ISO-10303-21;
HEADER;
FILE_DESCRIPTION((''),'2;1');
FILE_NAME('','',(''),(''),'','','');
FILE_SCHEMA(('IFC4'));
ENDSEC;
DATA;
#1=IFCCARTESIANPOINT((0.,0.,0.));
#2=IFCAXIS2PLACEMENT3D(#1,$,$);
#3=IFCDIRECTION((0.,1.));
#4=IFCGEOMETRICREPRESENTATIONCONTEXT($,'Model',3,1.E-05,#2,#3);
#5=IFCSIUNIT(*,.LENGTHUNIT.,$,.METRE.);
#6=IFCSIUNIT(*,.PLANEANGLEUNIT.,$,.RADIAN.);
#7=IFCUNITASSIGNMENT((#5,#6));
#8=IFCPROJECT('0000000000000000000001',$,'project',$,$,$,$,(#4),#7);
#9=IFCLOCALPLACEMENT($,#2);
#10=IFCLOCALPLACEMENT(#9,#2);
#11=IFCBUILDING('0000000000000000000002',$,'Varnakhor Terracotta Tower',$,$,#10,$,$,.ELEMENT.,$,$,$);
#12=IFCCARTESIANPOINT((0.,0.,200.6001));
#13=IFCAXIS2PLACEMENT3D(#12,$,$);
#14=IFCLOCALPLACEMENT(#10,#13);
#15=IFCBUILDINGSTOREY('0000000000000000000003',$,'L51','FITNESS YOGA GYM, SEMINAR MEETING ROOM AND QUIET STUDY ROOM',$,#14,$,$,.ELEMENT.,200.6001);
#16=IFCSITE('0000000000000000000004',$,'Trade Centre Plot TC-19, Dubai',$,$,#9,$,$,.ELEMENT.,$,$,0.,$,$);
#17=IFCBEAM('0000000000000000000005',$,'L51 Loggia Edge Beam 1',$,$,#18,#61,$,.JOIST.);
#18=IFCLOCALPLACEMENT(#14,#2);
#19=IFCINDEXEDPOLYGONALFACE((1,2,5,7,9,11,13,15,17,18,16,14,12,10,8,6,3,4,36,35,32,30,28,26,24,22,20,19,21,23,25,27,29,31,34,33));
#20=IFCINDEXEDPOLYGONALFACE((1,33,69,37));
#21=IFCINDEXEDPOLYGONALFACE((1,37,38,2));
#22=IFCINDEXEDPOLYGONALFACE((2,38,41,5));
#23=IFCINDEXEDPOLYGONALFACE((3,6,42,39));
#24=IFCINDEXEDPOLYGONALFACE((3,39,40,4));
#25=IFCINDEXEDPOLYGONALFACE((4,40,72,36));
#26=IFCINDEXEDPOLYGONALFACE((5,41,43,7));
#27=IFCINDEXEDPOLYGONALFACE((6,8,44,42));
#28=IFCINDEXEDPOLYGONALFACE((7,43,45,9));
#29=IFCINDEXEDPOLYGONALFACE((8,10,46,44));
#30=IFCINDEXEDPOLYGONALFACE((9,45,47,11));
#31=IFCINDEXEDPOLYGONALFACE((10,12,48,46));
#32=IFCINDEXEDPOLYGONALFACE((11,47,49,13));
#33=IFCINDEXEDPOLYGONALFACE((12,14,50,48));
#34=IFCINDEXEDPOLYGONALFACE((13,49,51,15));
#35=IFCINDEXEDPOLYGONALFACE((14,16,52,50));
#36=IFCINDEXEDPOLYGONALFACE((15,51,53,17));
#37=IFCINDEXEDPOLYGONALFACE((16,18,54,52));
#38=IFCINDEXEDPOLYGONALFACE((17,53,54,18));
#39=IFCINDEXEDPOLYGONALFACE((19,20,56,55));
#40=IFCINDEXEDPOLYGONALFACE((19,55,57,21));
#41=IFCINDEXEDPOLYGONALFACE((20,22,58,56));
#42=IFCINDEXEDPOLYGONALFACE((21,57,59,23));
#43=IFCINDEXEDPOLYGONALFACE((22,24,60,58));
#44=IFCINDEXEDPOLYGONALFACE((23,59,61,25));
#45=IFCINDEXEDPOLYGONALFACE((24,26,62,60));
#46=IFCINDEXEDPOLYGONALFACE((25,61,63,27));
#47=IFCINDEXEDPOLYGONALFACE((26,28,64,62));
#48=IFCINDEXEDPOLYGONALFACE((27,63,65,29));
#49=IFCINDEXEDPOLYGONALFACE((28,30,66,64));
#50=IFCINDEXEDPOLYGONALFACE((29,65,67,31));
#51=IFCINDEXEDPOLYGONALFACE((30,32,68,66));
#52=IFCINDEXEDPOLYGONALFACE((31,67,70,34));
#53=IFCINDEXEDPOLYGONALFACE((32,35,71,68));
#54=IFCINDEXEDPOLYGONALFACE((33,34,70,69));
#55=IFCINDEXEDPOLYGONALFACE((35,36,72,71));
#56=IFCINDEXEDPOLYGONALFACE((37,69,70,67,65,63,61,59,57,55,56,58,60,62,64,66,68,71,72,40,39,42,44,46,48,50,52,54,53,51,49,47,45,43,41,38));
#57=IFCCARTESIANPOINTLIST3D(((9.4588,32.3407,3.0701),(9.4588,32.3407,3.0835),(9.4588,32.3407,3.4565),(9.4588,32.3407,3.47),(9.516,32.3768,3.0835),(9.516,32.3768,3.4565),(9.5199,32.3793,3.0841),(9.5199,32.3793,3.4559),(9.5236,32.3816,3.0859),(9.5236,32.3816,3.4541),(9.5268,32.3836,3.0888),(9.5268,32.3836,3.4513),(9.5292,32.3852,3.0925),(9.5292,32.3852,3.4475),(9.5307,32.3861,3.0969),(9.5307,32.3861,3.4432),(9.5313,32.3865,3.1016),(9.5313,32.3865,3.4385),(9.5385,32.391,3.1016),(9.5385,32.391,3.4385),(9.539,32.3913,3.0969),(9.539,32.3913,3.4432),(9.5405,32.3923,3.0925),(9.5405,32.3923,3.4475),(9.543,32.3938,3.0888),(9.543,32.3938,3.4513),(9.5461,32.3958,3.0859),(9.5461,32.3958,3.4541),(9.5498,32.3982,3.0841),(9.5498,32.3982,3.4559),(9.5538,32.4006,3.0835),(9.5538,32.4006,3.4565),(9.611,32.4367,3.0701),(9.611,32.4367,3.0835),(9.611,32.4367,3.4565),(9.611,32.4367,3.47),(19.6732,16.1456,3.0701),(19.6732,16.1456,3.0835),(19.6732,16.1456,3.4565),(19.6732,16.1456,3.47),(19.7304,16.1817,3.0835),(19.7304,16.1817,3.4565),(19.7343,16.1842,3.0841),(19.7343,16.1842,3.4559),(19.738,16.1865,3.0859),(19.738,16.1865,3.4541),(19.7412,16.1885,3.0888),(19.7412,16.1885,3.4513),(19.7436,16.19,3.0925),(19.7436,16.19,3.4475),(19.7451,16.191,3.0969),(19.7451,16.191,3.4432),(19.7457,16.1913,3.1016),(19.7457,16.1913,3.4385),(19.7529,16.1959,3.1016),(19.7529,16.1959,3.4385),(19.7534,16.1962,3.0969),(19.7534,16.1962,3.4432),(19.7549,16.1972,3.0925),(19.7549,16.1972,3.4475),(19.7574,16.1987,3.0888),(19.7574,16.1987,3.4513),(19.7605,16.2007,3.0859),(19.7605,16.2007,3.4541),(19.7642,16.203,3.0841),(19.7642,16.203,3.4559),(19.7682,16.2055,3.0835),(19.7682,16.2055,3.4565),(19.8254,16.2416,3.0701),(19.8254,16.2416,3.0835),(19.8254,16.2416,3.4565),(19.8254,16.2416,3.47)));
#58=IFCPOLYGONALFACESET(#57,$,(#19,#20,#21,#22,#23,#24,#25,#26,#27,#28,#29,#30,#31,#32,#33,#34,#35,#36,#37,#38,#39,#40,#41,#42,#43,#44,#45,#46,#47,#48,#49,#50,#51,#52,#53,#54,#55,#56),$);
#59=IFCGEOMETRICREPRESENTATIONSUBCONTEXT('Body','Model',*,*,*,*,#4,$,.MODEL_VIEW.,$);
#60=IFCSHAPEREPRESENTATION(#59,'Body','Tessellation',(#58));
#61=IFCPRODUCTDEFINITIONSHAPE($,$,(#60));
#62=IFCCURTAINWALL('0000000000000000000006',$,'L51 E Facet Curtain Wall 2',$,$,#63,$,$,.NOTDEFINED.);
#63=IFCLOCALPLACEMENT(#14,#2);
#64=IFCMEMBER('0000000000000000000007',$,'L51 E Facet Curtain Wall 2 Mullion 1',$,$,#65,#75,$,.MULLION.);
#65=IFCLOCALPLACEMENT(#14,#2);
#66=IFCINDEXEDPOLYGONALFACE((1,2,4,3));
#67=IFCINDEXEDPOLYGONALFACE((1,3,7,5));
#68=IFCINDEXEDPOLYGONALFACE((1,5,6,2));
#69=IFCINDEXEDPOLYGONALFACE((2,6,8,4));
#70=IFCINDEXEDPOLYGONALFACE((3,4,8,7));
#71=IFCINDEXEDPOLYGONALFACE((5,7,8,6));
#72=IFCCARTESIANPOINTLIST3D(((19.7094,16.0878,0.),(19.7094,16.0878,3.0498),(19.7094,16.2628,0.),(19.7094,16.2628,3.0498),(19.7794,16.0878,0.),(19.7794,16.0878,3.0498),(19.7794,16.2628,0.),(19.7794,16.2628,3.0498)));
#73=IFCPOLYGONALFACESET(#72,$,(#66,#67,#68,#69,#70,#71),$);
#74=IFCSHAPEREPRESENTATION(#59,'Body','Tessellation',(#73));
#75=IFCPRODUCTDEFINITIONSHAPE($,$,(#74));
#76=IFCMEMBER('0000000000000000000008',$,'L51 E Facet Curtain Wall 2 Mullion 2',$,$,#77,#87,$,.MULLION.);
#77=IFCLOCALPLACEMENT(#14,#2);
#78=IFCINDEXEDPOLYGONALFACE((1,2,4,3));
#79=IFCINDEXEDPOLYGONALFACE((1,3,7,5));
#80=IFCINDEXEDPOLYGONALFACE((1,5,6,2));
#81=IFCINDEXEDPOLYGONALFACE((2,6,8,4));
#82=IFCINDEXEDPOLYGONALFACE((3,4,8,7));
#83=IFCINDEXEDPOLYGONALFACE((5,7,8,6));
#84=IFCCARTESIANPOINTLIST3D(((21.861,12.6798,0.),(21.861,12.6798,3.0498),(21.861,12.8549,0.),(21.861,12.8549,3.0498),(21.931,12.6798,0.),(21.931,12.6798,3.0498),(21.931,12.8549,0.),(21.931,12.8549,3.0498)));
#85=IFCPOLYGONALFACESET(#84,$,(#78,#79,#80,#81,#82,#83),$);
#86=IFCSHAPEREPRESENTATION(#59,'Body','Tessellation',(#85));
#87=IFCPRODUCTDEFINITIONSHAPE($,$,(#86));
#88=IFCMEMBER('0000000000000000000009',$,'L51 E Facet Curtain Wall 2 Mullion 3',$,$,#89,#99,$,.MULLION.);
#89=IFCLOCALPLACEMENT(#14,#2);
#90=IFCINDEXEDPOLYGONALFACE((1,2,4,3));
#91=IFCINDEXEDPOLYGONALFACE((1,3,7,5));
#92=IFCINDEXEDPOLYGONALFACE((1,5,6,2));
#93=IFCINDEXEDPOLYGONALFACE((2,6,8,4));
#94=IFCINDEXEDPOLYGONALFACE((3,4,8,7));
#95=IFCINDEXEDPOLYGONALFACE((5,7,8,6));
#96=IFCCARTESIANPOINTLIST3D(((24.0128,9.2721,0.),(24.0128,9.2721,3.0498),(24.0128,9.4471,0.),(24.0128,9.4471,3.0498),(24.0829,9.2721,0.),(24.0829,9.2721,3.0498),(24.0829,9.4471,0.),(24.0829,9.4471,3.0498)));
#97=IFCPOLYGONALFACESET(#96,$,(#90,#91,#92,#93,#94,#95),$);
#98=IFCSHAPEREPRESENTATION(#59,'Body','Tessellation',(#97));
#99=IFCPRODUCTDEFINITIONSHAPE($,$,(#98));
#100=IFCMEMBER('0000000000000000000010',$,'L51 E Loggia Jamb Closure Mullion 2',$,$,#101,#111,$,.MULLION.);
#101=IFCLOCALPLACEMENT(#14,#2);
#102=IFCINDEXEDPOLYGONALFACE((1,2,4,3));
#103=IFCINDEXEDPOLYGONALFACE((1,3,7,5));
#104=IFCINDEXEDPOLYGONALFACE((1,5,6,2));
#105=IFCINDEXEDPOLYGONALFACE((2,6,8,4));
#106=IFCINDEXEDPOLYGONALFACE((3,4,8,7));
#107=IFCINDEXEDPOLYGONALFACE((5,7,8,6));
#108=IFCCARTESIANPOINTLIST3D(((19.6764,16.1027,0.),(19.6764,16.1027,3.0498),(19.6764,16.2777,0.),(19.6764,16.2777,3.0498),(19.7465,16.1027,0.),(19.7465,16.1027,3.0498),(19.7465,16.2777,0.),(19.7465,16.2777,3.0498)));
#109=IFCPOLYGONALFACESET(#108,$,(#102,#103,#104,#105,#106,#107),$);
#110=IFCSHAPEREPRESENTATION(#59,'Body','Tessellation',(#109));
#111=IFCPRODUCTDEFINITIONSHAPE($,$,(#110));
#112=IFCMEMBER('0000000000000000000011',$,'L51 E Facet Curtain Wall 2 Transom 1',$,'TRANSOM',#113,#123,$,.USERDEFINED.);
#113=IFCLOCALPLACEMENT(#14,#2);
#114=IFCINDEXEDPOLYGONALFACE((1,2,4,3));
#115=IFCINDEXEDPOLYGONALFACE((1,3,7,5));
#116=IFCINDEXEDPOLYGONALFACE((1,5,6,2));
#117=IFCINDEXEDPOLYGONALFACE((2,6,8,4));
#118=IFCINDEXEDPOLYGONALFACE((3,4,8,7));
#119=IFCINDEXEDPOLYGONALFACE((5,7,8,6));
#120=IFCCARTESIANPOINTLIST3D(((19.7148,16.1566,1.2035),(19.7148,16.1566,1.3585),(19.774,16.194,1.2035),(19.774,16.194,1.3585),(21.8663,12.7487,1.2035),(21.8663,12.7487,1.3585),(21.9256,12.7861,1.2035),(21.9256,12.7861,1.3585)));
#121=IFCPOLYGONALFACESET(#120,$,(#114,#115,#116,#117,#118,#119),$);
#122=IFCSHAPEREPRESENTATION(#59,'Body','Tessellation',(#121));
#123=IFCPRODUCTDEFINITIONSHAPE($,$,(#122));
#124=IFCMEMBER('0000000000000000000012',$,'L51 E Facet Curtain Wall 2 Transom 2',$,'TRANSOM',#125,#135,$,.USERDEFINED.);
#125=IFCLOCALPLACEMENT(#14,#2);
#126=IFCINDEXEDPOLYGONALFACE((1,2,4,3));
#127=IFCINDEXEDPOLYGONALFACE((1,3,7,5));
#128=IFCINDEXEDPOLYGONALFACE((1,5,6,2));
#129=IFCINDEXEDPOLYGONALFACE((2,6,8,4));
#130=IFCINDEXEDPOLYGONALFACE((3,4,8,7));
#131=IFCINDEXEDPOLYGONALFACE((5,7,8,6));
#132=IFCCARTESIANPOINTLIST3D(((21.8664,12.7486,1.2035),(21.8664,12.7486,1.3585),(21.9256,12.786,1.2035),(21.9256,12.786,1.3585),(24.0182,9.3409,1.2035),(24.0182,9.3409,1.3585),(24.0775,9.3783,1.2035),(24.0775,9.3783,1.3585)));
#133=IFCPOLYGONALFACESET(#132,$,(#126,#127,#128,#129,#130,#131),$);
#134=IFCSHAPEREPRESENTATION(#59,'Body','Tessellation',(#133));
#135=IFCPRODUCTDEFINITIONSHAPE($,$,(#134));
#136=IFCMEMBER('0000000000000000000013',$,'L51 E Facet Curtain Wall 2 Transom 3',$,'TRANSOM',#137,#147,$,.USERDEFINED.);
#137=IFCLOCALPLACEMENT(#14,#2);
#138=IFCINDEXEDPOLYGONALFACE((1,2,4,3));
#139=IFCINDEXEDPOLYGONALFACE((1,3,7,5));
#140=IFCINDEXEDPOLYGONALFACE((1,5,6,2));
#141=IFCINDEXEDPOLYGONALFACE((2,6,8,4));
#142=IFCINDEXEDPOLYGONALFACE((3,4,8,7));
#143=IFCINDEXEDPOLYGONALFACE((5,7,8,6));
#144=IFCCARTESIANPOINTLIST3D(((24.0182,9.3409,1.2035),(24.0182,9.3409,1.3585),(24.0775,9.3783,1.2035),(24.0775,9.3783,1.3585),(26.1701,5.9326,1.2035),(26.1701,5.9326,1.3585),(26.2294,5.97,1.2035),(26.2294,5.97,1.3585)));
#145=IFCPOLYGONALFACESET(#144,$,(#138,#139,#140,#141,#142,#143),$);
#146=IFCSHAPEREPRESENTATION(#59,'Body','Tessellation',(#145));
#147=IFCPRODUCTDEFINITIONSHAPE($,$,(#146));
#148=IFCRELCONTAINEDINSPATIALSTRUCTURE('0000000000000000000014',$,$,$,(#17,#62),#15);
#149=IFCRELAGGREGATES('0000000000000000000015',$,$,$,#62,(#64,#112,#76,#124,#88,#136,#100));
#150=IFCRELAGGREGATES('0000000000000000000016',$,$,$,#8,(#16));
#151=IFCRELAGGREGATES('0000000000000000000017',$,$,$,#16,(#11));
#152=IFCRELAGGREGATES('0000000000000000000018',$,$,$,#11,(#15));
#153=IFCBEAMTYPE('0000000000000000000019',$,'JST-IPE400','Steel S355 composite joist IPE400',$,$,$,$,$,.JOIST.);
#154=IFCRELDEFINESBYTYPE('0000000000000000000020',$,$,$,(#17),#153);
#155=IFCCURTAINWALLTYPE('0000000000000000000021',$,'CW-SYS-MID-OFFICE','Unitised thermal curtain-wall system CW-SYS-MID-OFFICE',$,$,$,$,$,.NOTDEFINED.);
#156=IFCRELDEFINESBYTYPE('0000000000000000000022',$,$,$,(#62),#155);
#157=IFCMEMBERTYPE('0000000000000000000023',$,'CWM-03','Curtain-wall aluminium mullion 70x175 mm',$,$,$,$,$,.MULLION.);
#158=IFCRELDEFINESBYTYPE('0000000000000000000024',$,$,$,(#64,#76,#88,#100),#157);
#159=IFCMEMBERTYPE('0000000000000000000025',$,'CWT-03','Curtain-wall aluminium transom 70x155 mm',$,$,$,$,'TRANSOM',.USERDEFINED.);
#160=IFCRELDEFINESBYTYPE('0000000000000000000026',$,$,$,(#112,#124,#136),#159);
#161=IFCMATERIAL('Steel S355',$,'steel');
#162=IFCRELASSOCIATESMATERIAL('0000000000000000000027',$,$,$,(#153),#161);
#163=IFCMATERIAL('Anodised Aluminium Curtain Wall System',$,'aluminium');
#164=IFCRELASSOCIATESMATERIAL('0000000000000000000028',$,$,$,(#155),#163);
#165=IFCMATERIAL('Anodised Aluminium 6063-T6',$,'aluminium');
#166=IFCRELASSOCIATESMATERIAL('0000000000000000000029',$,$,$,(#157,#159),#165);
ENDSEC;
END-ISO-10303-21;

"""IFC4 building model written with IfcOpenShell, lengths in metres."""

from ifc_helpers import new_model, si_unit, direction, frame, origin, origin_2d, place, context, subcontext, project, spatial, rectangle, i_section, extrude, source, transform, mapped, material, material_profile, profile_set, type_object, type_shapes, element, aggregate, save


model = new_model("IFC4")

# Units and contexts
model_context = context("Model", 3, precision=1e-05, world=origin(), true_north=direction((0.0, 1.0)))
body_context = subcontext(model_context, "Body", "Model", "MODEL_VIEW")
ifc_project = project(units=[si_unit("LENGTHUNIT", "METRE"), si_unit("PLANEANGLEUNIT", "RADIAN")], contexts=[model_context])

# Site, building, storey
site_placement = place(None, origin())
site = spatial("IfcSite", under=ifc_project, at=site_placement, Name="Trade Centre Plot TC-19, Dubai", CompositionType="ELEMENT", RefElevation=0.0)
building_placement = place(site_placement, origin())
building = spatial("IfcBuilding", under=site, at=building_placement, Name="Varnakhor Terracotta Tower", CompositionType="ELEMENT")
storey_placement = place(building_placement, frame((0.0, 0.0, 200.6001)))
storey = spatial("IfcBuildingStorey", under=building, at=storey_placement, Name="L51", Description="FITNESS YOGA GYM, SEMINAR MEETING ROOM AND QUIET STUDY ROOM", CompositionType="ELEMENT", Elevation=200.6001)

# Beam
ifc_material_1 = material(Name="Steel S355", Category="steel")
ifc_material_profile_1 = material_profile(ifc_material_1, i_section(OverallWidth=0.1799, OverallDepth=0.3999, WebThickness=0.0085, FlangeThickness=0.0134, FilletRadius=0.0181, at=origin_2d()), Name="IPE400")
ifc_profile_set_1 = profile_set([ifc_material_profile_1], Name="Steel S355")
beam_type = type_object("IfcBeamType", Name="JST-IPE400", Description="Steel S355 composite joist IPE400", PredefinedType="JOIST", material=ifc_profile_set_1)
shared_shape_1 = source(origin(), body_context, "Body", "SweptSolid", [
    extrude(i_section(OverallWidth=0.1799, OverallDepth=0.3999, WebThickness=0.0085, FlangeThickness=0.0134, FilletRadius=0.0181, at=origin_2d()), origin(), (0.0, 0.0, 1.0), 19.1472),
])
beam_1_placement = place(storey_placement, frame((19.7493, 16.1936, 3.27), z_axis=(-0.533466, 0.845821, 0.0), x_axis=(-0.845821, -0.533466, 0.0)))
element("IfcBeam", 1, at=beam_1_placement, inside=storey, type_object=beam_type, Name="L51 Loggia Edge Beam 1", PredefinedType="JOIST", context=body_context, shape_type="MappedRepresentation", body=[
    mapped(shared_shape_1, transform((0.0, 0.0, 0.0), scale=1.0)),
])

# Curtain wall, members
ifc_material_2 = material(Name="Anodised Aluminium Curtain Wall System", Category="aluminium")
curtain_wall_type = type_object("IfcCurtainWallType", Name="CW-SYS-MID-OFFICE", Description="Unitised thermal curtain-wall system CW-SYS-MID-OFFICE", PredefinedType="NOTDEFINED", material=ifc_material_2)
curtain_wall_placement = place(storey_placement, origin())
curtain_wall = element("IfcCurtainWall", 2, at=curtain_wall_placement, inside=storey, type_object=curtain_wall_type, Name="L51 E Facet Curtain Wall 2", PredefinedType="NOTDEFINED")
ifc_material_3 = material(Name="Anodised Aluminium 6063-T6", Category="aluminium")
ifc_material_profile_2 = material_profile(ifc_material_3, rectangle(XDim=0.0701, YDim=0.175, at=origin_2d()), Name="ALU MULLION 70x175")
ifc_profile_set_2 = profile_set([ifc_material_profile_2], Name="Anodised Aluminium 6063-T6")
member_type_1 = type_object("IfcMemberType", Name="CWM-03", Description="Curtain-wall aluminium mullion 70x175 mm", PredefinedType="MULLION", material=ifc_profile_set_2)
shared_shape_2 = source(origin(), body_context, "Body", "SweptSolid", [
    extrude(rectangle(XDim=0.0701, YDim=0.175, at=origin_2d()), origin(), (0.0, 0.0, 1.0), 3.0498),
])
type_shapes(member_type_1, [shared_shape_2])
member_1_placement = place(storey_placement, frame((19.7444, 16.1753, 0.0), z_axis=(0.0, 0.0, 1.0), x_axis=(1.0, 0.0, 0.0)))
member_1 = element("IfcMember", 3, at=member_1_placement, type_object=member_type_1, Name="L51 E Facet Curtain Wall 2 Mullion 1", PredefinedType="MULLION", context=body_context, shape_type="MappedRepresentation", body=[
    mapped(shared_shape_2, transform((0.0, 0.0, 0.0), scale=1.0)),
])
member_2_placement = place(storey_placement, frame((21.896, 12.7673, 0.0), z_axis=(0.0, 0.0, 1.0), x_axis=(1.0, 0.0, 0.0)))
member_2 = element("IfcMember", 4, at=member_2_placement, type_object=member_type_1, Name="L51 E Facet Curtain Wall 2 Mullion 2", PredefinedType="MULLION", context=body_context, shape_type="MappedRepresentation", body=[
    mapped(shared_shape_2, transform((0.0, 0.0, 0.0), scale=1.0)),
])
member_3_placement = place(storey_placement, frame((24.0479, 9.3596, 0.0), z_axis=(0.0, 0.0, 1.0), x_axis=(1.0, 0.0, 0.0)))
member_3 = element("IfcMember", 5, at=member_3_placement, type_object=member_type_1, Name="L51 E Facet Curtain Wall 2 Mullion 3", PredefinedType="MULLION", context=body_context, shape_type="MappedRepresentation", body=[
    mapped(shared_shape_2, transform((0.0, 0.0, 0.0), scale=1.0)),
])
member_4_placement = place(storey_placement, frame((19.7114, 16.1902, 0.0), z_axis=(0.0, 0.0, 1.0), x_axis=(1.0, 0.0, 0.0)))
member_4 = element("IfcMember", 6, at=member_4_placement, type_object=member_type_1, Name="L51 E Loggia Jamb Closure Mullion 2", PredefinedType="MULLION", context=body_context, shape_type="MappedRepresentation", body=[
    mapped(shared_shape_2, transform((0.0, 0.0, 0.0), scale=1.0)),
])
ifc_material_profile_3 = material_profile(ifc_material_3, rectangle(XDim=0.0701, YDim=0.155, at=origin_2d()), Name="ALU TRANSOM 70x155")
ifc_profile_set_3 = profile_set([ifc_material_profile_3], Name="Anodised Aluminium 6063-T6")
member_type_2 = type_object("IfcMemberType", Name="CWT-03", Description="Curtain-wall aluminium transom 70x155 mm", ElementType="TRANSOM", PredefinedType="USERDEFINED", material=ifc_profile_set_3)
shared_shape_3 = source(origin(), body_context, "Body", "SweptSolid", [
    extrude(rectangle(XDim=0.0701, YDim=0.155, at=origin_2d()), origin(), (0.0, 0.0, 1.0), 4.0303),
])
member_5_placement = place(storey_placement, frame((19.7444, 16.1753, 1.281), z_axis=(0.533854, -0.845577, 0.0), x_axis=(0.845577, 0.533854, 0.0)))
member_5 = element("IfcMember", 7, at=member_5_placement, type_object=member_type_2, Name="L51 E Facet Curtain Wall 2 Transom 1", ObjectType="TRANSOM", PredefinedType="USERDEFINED", context=body_context, shape_type="MappedRepresentation", body=[
    mapped(shared_shape_3, transform((0.0, 0.0, 0.0), scale=1.0)),
])
member_6_placement = place(storey_placement, frame((21.896, 12.7673, 1.281), z_axis=(0.533925, -0.845532, 0.0), x_axis=(0.845532, 0.533925, 0.0)))
member_6 = element("IfcMember", 8, at=member_6_placement, type_object=member_type_2, Name="L51 E Facet Curtain Wall 2 Transom 2", ObjectType="TRANSOM", PredefinedType="USERDEFINED", context=body_context, shape_type="MappedRepresentation", body=[
    mapped(shared_shape_3, transform((0.0, 0.0, 0.0), scale=1.0)),
])
shared_shape_4 = source(origin(), body_context, "Body", "SweptSolid", [
    extrude(rectangle(XDim=0.0701, YDim=0.155, at=origin_2d()), origin(), (0.0, 0.0, 1.0), 4.0308),
])
member_7_placement = place(storey_placement, frame((24.0479, 9.3596, 1.281), z_axis=(0.53387, -0.845567, 0.0), x_axis=(0.845567, 0.53387, 0.0)))
member_7 = element("IfcMember", 9, at=member_7_placement, type_object=member_type_2, Name="L51 E Facet Curtain Wall 2 Transom 3", ObjectType="TRANSOM", PredefinedType="USERDEFINED", context=body_context, shape_type="MappedRepresentation", body=[
    mapped(shared_shape_4, transform((0.0, 0.0, 0.0), scale=1.0)),
])

aggregate(curtain_wall, [member_1, member_5, member_2, member_6, member_3, member_7, member_4])

save(model, "model.ifc")
